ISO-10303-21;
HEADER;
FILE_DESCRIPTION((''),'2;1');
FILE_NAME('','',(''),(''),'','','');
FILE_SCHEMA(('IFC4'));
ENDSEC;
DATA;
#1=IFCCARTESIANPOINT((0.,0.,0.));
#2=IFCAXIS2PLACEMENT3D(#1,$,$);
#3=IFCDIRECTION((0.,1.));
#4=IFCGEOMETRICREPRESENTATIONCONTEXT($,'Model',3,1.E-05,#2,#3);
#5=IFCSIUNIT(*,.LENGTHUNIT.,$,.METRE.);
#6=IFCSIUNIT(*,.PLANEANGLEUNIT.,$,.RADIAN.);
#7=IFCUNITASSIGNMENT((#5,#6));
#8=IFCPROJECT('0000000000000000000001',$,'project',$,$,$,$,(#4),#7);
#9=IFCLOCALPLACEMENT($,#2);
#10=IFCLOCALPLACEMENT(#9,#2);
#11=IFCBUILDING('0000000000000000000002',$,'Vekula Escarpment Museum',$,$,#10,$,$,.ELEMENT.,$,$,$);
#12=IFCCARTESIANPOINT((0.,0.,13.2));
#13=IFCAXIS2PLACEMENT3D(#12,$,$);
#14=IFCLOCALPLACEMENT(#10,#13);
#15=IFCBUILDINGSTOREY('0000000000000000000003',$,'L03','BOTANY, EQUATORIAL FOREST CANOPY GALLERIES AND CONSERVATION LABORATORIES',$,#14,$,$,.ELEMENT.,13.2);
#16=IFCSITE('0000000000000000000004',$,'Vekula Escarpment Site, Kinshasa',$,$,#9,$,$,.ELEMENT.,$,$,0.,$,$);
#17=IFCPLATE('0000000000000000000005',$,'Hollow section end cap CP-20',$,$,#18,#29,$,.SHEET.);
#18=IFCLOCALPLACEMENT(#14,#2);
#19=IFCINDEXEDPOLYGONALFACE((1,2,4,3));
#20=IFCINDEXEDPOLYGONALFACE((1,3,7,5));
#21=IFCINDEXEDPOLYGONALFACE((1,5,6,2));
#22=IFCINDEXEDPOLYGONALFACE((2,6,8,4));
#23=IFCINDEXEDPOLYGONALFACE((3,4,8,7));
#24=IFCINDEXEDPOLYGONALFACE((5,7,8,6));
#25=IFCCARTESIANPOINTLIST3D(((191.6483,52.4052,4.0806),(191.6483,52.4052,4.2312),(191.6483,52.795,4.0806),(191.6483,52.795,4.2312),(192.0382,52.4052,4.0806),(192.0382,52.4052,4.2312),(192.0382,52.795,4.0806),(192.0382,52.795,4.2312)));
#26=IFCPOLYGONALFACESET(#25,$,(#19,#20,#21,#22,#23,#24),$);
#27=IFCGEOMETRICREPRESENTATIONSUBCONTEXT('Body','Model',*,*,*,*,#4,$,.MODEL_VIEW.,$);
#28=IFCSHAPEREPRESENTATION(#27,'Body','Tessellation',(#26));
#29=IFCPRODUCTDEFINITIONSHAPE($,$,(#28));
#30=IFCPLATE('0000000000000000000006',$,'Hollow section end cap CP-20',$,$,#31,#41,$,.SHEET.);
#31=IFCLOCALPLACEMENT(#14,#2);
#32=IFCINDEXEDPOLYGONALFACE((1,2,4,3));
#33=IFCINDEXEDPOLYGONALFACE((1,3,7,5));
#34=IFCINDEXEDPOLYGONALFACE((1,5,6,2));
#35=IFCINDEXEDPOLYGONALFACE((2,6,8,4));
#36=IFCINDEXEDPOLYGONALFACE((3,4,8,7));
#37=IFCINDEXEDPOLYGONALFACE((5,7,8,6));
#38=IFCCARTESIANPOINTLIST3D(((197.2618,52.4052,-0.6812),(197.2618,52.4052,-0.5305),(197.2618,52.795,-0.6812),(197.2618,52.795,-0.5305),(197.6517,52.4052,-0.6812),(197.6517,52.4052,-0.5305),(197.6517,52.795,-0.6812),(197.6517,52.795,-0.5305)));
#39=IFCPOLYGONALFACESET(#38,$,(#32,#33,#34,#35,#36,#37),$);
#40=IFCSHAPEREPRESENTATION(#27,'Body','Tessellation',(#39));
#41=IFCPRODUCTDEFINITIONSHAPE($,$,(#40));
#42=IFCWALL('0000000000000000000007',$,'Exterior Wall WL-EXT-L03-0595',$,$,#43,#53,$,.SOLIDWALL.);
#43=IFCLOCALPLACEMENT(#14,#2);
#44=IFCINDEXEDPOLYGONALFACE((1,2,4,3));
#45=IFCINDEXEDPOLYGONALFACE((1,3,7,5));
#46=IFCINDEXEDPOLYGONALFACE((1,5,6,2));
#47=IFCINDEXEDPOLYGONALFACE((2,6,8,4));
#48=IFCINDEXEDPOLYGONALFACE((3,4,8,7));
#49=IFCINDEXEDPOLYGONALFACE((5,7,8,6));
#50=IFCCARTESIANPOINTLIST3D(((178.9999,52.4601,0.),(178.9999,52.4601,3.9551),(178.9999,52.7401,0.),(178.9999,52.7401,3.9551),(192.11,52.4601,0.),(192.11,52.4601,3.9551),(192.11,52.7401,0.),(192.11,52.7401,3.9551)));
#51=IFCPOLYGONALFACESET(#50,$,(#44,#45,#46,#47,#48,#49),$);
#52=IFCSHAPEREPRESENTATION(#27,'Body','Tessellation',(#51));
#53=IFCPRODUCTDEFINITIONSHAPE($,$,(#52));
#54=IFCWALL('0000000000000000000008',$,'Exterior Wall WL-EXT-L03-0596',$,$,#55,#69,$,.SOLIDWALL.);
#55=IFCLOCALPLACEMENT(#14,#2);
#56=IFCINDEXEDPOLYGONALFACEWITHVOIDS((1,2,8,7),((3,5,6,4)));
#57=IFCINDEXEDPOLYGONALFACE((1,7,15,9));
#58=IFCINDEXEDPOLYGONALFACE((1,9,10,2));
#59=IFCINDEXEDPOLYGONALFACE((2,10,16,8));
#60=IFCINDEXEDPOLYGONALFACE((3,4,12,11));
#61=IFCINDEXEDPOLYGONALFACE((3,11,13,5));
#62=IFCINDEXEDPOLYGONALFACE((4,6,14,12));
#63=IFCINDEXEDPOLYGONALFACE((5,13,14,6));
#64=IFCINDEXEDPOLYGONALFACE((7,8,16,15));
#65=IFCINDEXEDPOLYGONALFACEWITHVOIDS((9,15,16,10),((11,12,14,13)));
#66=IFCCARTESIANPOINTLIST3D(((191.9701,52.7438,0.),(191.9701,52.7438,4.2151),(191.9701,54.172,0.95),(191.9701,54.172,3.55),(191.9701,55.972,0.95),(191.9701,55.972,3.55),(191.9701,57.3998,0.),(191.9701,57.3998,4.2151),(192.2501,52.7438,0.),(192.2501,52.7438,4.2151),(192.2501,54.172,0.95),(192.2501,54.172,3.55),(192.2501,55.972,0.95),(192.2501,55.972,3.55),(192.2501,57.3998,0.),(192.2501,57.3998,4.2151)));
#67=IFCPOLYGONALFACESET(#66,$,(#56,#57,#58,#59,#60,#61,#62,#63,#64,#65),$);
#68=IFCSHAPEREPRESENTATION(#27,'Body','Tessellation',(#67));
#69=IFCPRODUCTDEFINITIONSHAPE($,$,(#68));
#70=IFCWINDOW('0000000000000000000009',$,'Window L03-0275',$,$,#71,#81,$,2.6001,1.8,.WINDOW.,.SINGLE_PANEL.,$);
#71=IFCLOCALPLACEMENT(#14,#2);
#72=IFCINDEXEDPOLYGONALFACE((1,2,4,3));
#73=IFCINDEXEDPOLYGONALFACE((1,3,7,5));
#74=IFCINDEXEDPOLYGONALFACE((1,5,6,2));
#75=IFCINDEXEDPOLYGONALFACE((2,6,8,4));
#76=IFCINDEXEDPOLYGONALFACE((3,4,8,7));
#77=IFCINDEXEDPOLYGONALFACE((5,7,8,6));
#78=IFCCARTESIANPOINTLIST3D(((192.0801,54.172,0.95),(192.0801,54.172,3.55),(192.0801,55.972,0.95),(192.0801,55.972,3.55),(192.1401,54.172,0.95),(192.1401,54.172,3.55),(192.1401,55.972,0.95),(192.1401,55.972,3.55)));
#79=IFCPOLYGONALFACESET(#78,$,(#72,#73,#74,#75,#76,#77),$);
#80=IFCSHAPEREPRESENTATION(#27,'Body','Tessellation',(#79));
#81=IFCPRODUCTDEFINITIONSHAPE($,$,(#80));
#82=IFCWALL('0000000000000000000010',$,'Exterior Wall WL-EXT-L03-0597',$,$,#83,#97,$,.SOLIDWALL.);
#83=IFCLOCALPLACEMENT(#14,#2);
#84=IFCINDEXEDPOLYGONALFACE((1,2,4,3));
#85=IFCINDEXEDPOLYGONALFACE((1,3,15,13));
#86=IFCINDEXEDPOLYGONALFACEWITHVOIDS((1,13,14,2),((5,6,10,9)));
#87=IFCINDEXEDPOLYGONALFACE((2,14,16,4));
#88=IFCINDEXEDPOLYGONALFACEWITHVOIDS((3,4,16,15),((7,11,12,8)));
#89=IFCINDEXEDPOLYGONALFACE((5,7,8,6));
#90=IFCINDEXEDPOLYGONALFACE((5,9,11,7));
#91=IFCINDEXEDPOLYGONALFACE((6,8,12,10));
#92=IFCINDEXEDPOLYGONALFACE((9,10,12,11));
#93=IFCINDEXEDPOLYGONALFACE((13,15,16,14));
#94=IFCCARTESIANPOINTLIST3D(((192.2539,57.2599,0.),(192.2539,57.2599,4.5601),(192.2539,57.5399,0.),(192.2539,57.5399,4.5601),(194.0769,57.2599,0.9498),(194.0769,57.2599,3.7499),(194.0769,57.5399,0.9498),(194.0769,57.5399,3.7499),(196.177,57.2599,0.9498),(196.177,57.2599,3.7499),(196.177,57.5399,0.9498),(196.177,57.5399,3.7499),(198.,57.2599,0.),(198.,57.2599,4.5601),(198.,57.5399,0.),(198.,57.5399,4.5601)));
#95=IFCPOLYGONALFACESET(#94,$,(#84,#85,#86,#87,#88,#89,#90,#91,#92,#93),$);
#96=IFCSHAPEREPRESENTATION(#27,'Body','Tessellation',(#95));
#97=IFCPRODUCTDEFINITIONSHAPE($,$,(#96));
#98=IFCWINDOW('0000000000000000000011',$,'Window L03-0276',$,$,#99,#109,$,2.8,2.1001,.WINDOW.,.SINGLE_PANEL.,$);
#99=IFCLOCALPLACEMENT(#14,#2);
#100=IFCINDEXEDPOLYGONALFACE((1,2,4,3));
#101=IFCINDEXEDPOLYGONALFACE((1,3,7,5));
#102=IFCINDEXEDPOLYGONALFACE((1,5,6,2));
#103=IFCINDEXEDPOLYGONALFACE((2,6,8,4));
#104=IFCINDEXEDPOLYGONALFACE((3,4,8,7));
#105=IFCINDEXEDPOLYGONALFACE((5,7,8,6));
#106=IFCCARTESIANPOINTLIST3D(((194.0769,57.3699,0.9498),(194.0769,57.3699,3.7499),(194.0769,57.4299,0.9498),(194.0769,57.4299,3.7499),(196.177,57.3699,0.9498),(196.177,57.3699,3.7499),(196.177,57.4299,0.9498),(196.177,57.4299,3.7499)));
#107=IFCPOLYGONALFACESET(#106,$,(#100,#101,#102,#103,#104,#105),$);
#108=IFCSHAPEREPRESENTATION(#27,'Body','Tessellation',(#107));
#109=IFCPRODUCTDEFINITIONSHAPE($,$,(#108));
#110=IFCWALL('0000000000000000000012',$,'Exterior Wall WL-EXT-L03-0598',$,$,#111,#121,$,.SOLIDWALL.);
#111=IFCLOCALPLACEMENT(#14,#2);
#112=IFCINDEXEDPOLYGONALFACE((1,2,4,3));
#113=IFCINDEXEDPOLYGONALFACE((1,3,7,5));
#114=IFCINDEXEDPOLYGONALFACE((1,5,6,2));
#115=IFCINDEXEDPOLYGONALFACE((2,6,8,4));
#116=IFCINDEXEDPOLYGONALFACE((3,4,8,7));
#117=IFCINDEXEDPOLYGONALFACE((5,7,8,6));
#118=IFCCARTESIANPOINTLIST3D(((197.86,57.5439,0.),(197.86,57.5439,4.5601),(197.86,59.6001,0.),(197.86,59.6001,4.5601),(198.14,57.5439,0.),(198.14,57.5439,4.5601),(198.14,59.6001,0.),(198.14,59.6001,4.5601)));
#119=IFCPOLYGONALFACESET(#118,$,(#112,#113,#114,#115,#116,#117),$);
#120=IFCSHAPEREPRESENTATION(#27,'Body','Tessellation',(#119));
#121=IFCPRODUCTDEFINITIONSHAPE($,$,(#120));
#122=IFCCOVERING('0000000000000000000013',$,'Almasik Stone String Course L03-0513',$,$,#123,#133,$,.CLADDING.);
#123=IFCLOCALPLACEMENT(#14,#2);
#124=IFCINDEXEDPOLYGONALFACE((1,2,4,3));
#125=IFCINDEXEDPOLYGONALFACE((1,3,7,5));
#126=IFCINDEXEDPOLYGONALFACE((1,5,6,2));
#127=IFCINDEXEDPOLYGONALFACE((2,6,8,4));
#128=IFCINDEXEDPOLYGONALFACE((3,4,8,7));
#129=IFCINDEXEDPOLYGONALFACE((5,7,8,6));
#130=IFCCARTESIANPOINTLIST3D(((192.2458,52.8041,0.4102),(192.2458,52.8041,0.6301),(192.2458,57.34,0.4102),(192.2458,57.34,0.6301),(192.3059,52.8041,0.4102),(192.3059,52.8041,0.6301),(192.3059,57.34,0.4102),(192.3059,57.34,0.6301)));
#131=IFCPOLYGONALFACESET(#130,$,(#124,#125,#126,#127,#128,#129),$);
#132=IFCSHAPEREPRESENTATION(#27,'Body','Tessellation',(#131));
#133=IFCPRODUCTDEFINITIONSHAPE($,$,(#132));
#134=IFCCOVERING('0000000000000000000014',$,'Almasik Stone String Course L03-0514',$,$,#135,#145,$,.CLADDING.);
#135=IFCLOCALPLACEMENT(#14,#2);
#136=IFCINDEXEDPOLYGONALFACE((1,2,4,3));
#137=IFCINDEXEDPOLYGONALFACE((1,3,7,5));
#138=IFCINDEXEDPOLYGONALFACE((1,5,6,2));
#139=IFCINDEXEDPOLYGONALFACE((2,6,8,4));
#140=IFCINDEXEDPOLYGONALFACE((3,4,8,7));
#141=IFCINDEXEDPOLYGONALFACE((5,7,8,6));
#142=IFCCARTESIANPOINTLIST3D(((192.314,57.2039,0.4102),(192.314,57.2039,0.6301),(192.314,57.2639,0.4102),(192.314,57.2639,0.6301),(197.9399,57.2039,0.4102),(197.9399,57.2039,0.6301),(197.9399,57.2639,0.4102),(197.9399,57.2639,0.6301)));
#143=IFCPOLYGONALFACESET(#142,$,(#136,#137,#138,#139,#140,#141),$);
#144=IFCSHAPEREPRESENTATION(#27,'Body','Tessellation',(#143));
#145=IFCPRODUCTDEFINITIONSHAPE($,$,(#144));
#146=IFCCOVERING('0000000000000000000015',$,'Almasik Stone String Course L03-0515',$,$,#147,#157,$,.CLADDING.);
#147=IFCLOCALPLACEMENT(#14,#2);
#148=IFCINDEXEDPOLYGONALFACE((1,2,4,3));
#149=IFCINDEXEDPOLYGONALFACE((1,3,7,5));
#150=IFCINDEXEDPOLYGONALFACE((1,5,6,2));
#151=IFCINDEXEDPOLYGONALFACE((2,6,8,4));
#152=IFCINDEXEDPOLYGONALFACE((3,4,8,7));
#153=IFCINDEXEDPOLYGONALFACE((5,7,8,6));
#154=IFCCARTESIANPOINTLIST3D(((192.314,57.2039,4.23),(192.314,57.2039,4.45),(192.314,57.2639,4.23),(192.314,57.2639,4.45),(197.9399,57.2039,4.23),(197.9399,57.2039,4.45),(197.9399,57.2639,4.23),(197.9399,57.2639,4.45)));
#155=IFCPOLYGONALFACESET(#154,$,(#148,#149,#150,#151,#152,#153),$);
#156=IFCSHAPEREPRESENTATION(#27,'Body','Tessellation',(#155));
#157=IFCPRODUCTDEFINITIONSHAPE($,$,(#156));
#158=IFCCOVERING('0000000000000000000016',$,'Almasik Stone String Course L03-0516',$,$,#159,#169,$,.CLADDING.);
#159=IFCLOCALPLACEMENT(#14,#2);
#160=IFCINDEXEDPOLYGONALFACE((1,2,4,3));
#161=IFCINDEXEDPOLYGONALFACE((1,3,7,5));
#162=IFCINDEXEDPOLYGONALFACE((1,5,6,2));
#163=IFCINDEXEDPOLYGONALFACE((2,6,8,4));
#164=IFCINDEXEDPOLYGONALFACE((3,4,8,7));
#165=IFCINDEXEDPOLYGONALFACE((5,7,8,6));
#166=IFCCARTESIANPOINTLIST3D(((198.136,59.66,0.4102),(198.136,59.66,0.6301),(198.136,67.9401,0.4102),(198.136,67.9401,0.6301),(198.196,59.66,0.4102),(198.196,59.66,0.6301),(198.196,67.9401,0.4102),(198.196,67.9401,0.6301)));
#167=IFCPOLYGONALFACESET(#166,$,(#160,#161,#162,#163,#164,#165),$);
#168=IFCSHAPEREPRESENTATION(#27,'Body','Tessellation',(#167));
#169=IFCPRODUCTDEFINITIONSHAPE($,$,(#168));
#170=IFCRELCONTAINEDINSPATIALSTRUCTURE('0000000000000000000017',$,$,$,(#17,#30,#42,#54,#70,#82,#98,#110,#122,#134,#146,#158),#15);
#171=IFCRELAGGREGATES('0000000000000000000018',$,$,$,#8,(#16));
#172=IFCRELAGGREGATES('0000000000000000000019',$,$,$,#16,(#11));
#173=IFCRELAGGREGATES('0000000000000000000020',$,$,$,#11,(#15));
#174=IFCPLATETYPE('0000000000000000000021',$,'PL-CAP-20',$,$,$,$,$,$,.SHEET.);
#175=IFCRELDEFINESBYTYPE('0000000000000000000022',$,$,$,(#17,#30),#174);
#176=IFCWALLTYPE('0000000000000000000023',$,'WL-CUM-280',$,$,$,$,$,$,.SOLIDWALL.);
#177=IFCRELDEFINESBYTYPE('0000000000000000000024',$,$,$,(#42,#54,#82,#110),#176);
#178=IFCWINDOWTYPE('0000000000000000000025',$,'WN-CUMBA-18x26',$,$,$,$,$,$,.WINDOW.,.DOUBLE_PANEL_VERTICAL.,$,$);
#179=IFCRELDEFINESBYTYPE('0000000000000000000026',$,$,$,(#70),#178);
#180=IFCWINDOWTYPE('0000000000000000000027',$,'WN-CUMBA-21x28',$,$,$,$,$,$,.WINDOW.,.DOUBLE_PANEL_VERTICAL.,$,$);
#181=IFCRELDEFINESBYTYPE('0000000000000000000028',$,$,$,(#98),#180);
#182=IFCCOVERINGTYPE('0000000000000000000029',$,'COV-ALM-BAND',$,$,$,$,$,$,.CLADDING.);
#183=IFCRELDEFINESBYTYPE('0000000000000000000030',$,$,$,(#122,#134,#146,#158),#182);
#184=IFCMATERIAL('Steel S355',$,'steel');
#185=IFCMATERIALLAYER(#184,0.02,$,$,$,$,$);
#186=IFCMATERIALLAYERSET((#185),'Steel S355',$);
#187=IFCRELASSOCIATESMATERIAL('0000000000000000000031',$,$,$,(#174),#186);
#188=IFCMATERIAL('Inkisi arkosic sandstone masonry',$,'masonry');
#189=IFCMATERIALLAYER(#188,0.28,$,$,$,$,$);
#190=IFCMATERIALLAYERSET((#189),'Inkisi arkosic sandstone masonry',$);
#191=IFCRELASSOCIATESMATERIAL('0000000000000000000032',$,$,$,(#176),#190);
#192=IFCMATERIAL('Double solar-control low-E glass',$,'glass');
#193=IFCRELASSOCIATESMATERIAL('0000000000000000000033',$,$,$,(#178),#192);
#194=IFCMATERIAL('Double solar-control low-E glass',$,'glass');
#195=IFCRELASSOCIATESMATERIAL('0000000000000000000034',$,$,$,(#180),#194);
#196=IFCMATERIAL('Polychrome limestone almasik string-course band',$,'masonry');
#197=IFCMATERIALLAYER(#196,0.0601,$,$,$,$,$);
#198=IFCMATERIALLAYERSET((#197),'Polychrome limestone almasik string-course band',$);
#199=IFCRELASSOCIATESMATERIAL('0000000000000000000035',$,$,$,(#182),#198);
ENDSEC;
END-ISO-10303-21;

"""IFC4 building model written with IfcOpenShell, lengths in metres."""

from ifc_helpers import new_model, si_unit, direction, frame, frame_2d, origin, origin_2d, place, context, subcontext, project, spatial, rectangle, extrude, material, layer, layer_set, type_object, element, fill, save


model = new_model("IFC4")

# Units and contexts
model_context = context("Model", 3, precision=1e-05, world=origin(), true_north=direction((0.0, 1.0)))
body_context = subcontext(model_context, "Body", "Model", "MODEL_VIEW")
ifc_project = project(units=[si_unit("LENGTHUNIT", "METRE"), si_unit("PLANEANGLEUNIT", "RADIAN")], contexts=[model_context])

# Site, building, storey
site_placement = place(None, origin())
site = spatial("IfcSite", under=ifc_project, at=site_placement, Name="Vekula Escarpment Site, Kinshasa", CompositionType="ELEMENT", RefElevation=0.0)
building_placement = place(site_placement, origin())
building = spatial("IfcBuilding", under=site, at=building_placement, Name="Vekula Escarpment Museum", CompositionType="ELEMENT")
storey_placement = place(building_placement, frame((0.0, 0.0, 13.2)))
storey = spatial("IfcBuildingStorey", under=building, at=storey_placement, Name="L03", Description="BOTANY, EQUATORIAL FOREST CANOPY GALLERIES AND CONSERVATION LABORATORIES", CompositionType="ELEMENT", Elevation=13.2)

# Plates
ifc_material_1 = material(Name="Steel S355", Category="steel")
ifc_layer_1 = layer(ifc_material_1, 0.02)
ifc_layer_set_1 = layer_set([ifc_layer_1], Name="Steel S355")
plate_type = type_object("IfcPlateType", Name="PL-CAP-20", PredefinedType="SHEET", material=ifc_layer_set_1)
for number, where, z_axis, x_axis, name in (
    (1, (191.8433, 52.6001, 4.0806), (0.0, 0.0, 1.0), (1.0, 0.0, 0.0), "Hollow section end cap CP-20"),
    (2, (197.4568, 52.6001, -0.6812), (0.0, 0.0, 1.0), (1.0, 0.0, 0.0), "Hollow section end cap CP-20"),
):
    element("IfcPlate", number, at=place(storey_placement, frame(where, z_axis=z_axis, x_axis=x_axis)), inside=storey, type_object=plate_type, Name=name, PredefinedType="SHEET", context=body_context, shape_type="SweptSolid", body=[
        extrude(rectangle(XDim=0.3899, YDim=0.3899, at=origin_2d()), origin(), (0.0, 0.0, 1.0), 0.1506),
    ])

# Wall
ifc_material_2 = material(Name="Inkisi arkosic sandstone masonry", Category="masonry")
ifc_layer_2 = layer(ifc_material_2, 0.28)
ifc_layer_set_2 = layer_set([ifc_layer_2], Name="Inkisi arkosic sandstone masonry")
wall_type = type_object("IfcWallType", Name="WL-CUM-280", PredefinedType="SOLIDWALL", material=ifc_layer_set_2)
wall_1_placement = place(storey_placement, frame((192.1101, 52.6001, 0.0), z_axis=(0.0, 0.0, 1.0), x_axis=(-1.0, 0.0, 0.0)))
element("IfcWall", 3, at=wall_1_placement, inside=storey, type_object=wall_type, Name="Exterior Wall WL-EXT-L03-0595", PredefinedType="SOLIDWALL", context=body_context, shape_type="SweptSolid", body=[
    extrude(rectangle(XDim=13.1101, YDim=0.28, at=frame_2d((6.5552, 0.0))), origin(), (0.0, 0.0, 1.0), 3.9551),
])

# Walls, openings, windows
wall_2_placement = place(storey_placement, frame((192.1101, 57.3999, 0.0), z_axis=(0.0, 0.0, 1.0), x_axis=(0.0, -1.0, 0.0)))
wall_2 = element("IfcWall", 4, at=wall_2_placement, inside=storey, type_object=wall_type, Name="Exterior Wall WL-EXT-L03-0596", PredefinedType="SOLIDWALL", context=body_context, shape_type="SweptSolid", body=[
    extrude(rectangle(XDim=4.656, YDim=0.28, at=frame_2d((2.3281, 0.0))), origin(), (0.0, 0.0, 1.0), 4.2151),
])
opening_1_placement = place(wall_2_placement, frame((1.428, 0.0, 0.95)))
opening_1 = element("IfcOpeningElement", 5, at=opening_1_placement, cuts=wall_2, PredefinedType="OPENING", context=body_context, shape_type="SweptSolid", body=[
    extrude(rectangle(XDim=1.8, YDim=2.6001, at=frame_2d((0.8999, 1.3))), frame((0.0, 0.1499, 0.0), z_axis=(0.0, -1.0, 0.0), x_axis=(1.0, 0.0, 0.0)), (0.0, 0.0, 1.0), 0.3),
])
ifc_material_3 = material(Name="Double solar-control low-E glass", Category="glass")
window_type_1 = type_object("IfcWindowType", Name="WN-CUMBA-18x26", PartitioningType="DOUBLE_PANEL_VERTICAL", PredefinedType="WINDOW", material=ifc_material_3)
window_1_placement = place(opening_1_placement, origin())
window_1 = element("IfcWindow", 6, at=window_1_placement, inside=storey, type_object=window_type_1, Name="Window L03-0275", OverallHeight=2.6001, OverallWidth=1.8, PartitioningType="SINGLE_PANEL", PredefinedType="WINDOW", context=body_context, shape_type="SweptSolid", body=[
    extrude(rectangle(XDim=1.8, YDim=2.6001, at=frame_2d((0.8999, 1.3))), frame((0.0, 0.03, 0.0), z_axis=(0.0, -1.0, 0.0), x_axis=(1.0, 0.0, 0.0)), (0.0, 0.0, 1.0), 0.0601),
])
fill(opening_1, window_1)
wall_3_placement = place(storey_placement, frame((198.0, 57.3999, 0.0), z_axis=(0.0, 0.0, 1.0), x_axis=(-1.0, 0.0, 0.0)))
wall_3 = element("IfcWall", 7, at=wall_3_placement, inside=storey, type_object=wall_type, Name="Exterior Wall WL-EXT-L03-0597", PredefinedType="SOLIDWALL", context=body_context, shape_type="SweptSolid", body=[
    extrude(rectangle(XDim=5.7461, YDim=0.28, at=frame_2d((2.873, 0.0))), origin(), (0.0, 0.0, 1.0), 4.5601),
])
opening_2_placement = place(wall_3_placement, frame((1.823, 0.0, 0.95)))
opening_2 = element("IfcOpeningElement", 8, at=opening_2_placement, cuts=wall_3, PredefinedType="OPENING", context=body_context, shape_type="SweptSolid", body=[
    extrude(rectangle(XDim=2.1001, YDim=2.8, at=frame_2d((1.05, 1.3999))), frame((0.0, 0.1499, 0.0), z_axis=(0.0, -1.0, 0.0), x_axis=(1.0, 0.0, 0.0)), (0.0, 0.0, 1.0), 0.3),
])
ifc_material_4 = material(Name="Double solar-control low-E glass", Category="glass")
window_type_2 = type_object("IfcWindowType", Name="WN-CUMBA-21x28", PartitioningType="DOUBLE_PANEL_VERTICAL", PredefinedType="WINDOW", material=ifc_material_4)
window_2_placement = place(opening_2_placement, origin())
window_2 = element("IfcWindow", 9, at=window_2_placement, inside=storey, type_object=window_type_2, Name="Window L03-0276", OverallHeight=2.8, OverallWidth=2.1001, PartitioningType="SINGLE_PANEL", PredefinedType="WINDOW", context=body_context, shape_type="SweptSolid", body=[
    extrude(rectangle(XDim=2.1001, YDim=2.8, at=frame_2d((1.05, 1.3999))), frame((0.0, 0.03, 0.0), z_axis=(0.0, -1.0, 0.0), x_axis=(1.0, 0.0, 0.0)), (0.0, 0.0, 1.0), 0.0601),
])
fill(opening_2, window_2)

# Wall
wall_4_placement = place(storey_placement, frame((198.0, 59.6001, 0.0), z_axis=(0.0, 0.0, 1.0), x_axis=(0.0, -1.0, 0.0)))
element("IfcWall", 10, at=wall_4_placement, inside=storey, type_object=wall_type, Name="Exterior Wall WL-EXT-L03-0598", PredefinedType="SOLIDWALL", context=body_context, shape_type="SweptSolid", body=[
    extrude(rectangle(XDim=2.0562, YDim=0.28, at=frame_2d((1.0281, 0.0))), origin(), (0.0, 0.0, 1.0), 4.5601),
])

# Coverings
ifc_material_5 = material(Name="Polychrome limestone almasik string-course band", Category="masonry")
ifc_layer_3 = layer(ifc_material_5, 0.0601)
ifc_layer_set_3 = layer_set([ifc_layer_3], Name="Polychrome limestone almasik string-course band")
covering_type = type_object("IfcCoveringType", Name="COV-ALM-BAND", PredefinedType="CLADDING", material=ifc_layer_set_3)
covering_1_placement = place(storey_placement, frame((192.2759, 55.072, 0.4102), z_axis=(0.0, 0.0, 1.0), x_axis=(0.0, 1.0, 0.0)))
element("IfcCovering", 11, at=covering_1_placement, inside=storey, type_object=covering_type, Name="Almasik Stone String Course L03-0513", PredefinedType="CLADDING", context=body_context, shape_type="SweptSolid", body=[
    extrude(rectangle(XDim=4.5359, YDim=0.0601, at=origin_2d()), origin(), (0.0, 0.0, 1.0), 0.22),
])
for number, where, z_axis, x_axis, name in (
    (12, (195.127, 57.2339, 0.4102), (0.0, 0.0, 1.0), (1.0, 0.0, 0.0), "Almasik Stone String Course L03-0514"),
    (13, (195.127, 57.2339, 4.23), (0.0, 0.0, 1.0), (1.0, 0.0, 0.0), "Almasik Stone String Course L03-0515"),
):
    element("IfcCovering", number, at=place(storey_placement, frame(where, z_axis=z_axis, x_axis=x_axis)), inside=storey, type_object=covering_type, Name=name, PredefinedType="CLADDING", context=body_context, shape_type="SweptSolid", body=[
        extrude(rectangle(XDim=5.626, YDim=0.0601, at=origin_2d()), origin(), (0.0, 0.0, 1.0), 0.22),
    ])
covering_2_placement = place(storey_placement, frame((198.166, 63.8, 0.4102), z_axis=(0.0, 0.0, 1.0), x_axis=(0.0, 1.0, 0.0)))
element("IfcCovering", 14, at=covering_2_placement, inside=storey, type_object=covering_type, Name="Almasik Stone String Course L03-0516", PredefinedType="CLADDING", context=body_context, shape_type="SweptSolid", body=[
    extrude(rectangle(XDim=8.28, YDim=0.0601, at=origin_2d()), origin(), (0.0, 0.0, 1.0), 0.22),
])

save(model, "model.ifc")
